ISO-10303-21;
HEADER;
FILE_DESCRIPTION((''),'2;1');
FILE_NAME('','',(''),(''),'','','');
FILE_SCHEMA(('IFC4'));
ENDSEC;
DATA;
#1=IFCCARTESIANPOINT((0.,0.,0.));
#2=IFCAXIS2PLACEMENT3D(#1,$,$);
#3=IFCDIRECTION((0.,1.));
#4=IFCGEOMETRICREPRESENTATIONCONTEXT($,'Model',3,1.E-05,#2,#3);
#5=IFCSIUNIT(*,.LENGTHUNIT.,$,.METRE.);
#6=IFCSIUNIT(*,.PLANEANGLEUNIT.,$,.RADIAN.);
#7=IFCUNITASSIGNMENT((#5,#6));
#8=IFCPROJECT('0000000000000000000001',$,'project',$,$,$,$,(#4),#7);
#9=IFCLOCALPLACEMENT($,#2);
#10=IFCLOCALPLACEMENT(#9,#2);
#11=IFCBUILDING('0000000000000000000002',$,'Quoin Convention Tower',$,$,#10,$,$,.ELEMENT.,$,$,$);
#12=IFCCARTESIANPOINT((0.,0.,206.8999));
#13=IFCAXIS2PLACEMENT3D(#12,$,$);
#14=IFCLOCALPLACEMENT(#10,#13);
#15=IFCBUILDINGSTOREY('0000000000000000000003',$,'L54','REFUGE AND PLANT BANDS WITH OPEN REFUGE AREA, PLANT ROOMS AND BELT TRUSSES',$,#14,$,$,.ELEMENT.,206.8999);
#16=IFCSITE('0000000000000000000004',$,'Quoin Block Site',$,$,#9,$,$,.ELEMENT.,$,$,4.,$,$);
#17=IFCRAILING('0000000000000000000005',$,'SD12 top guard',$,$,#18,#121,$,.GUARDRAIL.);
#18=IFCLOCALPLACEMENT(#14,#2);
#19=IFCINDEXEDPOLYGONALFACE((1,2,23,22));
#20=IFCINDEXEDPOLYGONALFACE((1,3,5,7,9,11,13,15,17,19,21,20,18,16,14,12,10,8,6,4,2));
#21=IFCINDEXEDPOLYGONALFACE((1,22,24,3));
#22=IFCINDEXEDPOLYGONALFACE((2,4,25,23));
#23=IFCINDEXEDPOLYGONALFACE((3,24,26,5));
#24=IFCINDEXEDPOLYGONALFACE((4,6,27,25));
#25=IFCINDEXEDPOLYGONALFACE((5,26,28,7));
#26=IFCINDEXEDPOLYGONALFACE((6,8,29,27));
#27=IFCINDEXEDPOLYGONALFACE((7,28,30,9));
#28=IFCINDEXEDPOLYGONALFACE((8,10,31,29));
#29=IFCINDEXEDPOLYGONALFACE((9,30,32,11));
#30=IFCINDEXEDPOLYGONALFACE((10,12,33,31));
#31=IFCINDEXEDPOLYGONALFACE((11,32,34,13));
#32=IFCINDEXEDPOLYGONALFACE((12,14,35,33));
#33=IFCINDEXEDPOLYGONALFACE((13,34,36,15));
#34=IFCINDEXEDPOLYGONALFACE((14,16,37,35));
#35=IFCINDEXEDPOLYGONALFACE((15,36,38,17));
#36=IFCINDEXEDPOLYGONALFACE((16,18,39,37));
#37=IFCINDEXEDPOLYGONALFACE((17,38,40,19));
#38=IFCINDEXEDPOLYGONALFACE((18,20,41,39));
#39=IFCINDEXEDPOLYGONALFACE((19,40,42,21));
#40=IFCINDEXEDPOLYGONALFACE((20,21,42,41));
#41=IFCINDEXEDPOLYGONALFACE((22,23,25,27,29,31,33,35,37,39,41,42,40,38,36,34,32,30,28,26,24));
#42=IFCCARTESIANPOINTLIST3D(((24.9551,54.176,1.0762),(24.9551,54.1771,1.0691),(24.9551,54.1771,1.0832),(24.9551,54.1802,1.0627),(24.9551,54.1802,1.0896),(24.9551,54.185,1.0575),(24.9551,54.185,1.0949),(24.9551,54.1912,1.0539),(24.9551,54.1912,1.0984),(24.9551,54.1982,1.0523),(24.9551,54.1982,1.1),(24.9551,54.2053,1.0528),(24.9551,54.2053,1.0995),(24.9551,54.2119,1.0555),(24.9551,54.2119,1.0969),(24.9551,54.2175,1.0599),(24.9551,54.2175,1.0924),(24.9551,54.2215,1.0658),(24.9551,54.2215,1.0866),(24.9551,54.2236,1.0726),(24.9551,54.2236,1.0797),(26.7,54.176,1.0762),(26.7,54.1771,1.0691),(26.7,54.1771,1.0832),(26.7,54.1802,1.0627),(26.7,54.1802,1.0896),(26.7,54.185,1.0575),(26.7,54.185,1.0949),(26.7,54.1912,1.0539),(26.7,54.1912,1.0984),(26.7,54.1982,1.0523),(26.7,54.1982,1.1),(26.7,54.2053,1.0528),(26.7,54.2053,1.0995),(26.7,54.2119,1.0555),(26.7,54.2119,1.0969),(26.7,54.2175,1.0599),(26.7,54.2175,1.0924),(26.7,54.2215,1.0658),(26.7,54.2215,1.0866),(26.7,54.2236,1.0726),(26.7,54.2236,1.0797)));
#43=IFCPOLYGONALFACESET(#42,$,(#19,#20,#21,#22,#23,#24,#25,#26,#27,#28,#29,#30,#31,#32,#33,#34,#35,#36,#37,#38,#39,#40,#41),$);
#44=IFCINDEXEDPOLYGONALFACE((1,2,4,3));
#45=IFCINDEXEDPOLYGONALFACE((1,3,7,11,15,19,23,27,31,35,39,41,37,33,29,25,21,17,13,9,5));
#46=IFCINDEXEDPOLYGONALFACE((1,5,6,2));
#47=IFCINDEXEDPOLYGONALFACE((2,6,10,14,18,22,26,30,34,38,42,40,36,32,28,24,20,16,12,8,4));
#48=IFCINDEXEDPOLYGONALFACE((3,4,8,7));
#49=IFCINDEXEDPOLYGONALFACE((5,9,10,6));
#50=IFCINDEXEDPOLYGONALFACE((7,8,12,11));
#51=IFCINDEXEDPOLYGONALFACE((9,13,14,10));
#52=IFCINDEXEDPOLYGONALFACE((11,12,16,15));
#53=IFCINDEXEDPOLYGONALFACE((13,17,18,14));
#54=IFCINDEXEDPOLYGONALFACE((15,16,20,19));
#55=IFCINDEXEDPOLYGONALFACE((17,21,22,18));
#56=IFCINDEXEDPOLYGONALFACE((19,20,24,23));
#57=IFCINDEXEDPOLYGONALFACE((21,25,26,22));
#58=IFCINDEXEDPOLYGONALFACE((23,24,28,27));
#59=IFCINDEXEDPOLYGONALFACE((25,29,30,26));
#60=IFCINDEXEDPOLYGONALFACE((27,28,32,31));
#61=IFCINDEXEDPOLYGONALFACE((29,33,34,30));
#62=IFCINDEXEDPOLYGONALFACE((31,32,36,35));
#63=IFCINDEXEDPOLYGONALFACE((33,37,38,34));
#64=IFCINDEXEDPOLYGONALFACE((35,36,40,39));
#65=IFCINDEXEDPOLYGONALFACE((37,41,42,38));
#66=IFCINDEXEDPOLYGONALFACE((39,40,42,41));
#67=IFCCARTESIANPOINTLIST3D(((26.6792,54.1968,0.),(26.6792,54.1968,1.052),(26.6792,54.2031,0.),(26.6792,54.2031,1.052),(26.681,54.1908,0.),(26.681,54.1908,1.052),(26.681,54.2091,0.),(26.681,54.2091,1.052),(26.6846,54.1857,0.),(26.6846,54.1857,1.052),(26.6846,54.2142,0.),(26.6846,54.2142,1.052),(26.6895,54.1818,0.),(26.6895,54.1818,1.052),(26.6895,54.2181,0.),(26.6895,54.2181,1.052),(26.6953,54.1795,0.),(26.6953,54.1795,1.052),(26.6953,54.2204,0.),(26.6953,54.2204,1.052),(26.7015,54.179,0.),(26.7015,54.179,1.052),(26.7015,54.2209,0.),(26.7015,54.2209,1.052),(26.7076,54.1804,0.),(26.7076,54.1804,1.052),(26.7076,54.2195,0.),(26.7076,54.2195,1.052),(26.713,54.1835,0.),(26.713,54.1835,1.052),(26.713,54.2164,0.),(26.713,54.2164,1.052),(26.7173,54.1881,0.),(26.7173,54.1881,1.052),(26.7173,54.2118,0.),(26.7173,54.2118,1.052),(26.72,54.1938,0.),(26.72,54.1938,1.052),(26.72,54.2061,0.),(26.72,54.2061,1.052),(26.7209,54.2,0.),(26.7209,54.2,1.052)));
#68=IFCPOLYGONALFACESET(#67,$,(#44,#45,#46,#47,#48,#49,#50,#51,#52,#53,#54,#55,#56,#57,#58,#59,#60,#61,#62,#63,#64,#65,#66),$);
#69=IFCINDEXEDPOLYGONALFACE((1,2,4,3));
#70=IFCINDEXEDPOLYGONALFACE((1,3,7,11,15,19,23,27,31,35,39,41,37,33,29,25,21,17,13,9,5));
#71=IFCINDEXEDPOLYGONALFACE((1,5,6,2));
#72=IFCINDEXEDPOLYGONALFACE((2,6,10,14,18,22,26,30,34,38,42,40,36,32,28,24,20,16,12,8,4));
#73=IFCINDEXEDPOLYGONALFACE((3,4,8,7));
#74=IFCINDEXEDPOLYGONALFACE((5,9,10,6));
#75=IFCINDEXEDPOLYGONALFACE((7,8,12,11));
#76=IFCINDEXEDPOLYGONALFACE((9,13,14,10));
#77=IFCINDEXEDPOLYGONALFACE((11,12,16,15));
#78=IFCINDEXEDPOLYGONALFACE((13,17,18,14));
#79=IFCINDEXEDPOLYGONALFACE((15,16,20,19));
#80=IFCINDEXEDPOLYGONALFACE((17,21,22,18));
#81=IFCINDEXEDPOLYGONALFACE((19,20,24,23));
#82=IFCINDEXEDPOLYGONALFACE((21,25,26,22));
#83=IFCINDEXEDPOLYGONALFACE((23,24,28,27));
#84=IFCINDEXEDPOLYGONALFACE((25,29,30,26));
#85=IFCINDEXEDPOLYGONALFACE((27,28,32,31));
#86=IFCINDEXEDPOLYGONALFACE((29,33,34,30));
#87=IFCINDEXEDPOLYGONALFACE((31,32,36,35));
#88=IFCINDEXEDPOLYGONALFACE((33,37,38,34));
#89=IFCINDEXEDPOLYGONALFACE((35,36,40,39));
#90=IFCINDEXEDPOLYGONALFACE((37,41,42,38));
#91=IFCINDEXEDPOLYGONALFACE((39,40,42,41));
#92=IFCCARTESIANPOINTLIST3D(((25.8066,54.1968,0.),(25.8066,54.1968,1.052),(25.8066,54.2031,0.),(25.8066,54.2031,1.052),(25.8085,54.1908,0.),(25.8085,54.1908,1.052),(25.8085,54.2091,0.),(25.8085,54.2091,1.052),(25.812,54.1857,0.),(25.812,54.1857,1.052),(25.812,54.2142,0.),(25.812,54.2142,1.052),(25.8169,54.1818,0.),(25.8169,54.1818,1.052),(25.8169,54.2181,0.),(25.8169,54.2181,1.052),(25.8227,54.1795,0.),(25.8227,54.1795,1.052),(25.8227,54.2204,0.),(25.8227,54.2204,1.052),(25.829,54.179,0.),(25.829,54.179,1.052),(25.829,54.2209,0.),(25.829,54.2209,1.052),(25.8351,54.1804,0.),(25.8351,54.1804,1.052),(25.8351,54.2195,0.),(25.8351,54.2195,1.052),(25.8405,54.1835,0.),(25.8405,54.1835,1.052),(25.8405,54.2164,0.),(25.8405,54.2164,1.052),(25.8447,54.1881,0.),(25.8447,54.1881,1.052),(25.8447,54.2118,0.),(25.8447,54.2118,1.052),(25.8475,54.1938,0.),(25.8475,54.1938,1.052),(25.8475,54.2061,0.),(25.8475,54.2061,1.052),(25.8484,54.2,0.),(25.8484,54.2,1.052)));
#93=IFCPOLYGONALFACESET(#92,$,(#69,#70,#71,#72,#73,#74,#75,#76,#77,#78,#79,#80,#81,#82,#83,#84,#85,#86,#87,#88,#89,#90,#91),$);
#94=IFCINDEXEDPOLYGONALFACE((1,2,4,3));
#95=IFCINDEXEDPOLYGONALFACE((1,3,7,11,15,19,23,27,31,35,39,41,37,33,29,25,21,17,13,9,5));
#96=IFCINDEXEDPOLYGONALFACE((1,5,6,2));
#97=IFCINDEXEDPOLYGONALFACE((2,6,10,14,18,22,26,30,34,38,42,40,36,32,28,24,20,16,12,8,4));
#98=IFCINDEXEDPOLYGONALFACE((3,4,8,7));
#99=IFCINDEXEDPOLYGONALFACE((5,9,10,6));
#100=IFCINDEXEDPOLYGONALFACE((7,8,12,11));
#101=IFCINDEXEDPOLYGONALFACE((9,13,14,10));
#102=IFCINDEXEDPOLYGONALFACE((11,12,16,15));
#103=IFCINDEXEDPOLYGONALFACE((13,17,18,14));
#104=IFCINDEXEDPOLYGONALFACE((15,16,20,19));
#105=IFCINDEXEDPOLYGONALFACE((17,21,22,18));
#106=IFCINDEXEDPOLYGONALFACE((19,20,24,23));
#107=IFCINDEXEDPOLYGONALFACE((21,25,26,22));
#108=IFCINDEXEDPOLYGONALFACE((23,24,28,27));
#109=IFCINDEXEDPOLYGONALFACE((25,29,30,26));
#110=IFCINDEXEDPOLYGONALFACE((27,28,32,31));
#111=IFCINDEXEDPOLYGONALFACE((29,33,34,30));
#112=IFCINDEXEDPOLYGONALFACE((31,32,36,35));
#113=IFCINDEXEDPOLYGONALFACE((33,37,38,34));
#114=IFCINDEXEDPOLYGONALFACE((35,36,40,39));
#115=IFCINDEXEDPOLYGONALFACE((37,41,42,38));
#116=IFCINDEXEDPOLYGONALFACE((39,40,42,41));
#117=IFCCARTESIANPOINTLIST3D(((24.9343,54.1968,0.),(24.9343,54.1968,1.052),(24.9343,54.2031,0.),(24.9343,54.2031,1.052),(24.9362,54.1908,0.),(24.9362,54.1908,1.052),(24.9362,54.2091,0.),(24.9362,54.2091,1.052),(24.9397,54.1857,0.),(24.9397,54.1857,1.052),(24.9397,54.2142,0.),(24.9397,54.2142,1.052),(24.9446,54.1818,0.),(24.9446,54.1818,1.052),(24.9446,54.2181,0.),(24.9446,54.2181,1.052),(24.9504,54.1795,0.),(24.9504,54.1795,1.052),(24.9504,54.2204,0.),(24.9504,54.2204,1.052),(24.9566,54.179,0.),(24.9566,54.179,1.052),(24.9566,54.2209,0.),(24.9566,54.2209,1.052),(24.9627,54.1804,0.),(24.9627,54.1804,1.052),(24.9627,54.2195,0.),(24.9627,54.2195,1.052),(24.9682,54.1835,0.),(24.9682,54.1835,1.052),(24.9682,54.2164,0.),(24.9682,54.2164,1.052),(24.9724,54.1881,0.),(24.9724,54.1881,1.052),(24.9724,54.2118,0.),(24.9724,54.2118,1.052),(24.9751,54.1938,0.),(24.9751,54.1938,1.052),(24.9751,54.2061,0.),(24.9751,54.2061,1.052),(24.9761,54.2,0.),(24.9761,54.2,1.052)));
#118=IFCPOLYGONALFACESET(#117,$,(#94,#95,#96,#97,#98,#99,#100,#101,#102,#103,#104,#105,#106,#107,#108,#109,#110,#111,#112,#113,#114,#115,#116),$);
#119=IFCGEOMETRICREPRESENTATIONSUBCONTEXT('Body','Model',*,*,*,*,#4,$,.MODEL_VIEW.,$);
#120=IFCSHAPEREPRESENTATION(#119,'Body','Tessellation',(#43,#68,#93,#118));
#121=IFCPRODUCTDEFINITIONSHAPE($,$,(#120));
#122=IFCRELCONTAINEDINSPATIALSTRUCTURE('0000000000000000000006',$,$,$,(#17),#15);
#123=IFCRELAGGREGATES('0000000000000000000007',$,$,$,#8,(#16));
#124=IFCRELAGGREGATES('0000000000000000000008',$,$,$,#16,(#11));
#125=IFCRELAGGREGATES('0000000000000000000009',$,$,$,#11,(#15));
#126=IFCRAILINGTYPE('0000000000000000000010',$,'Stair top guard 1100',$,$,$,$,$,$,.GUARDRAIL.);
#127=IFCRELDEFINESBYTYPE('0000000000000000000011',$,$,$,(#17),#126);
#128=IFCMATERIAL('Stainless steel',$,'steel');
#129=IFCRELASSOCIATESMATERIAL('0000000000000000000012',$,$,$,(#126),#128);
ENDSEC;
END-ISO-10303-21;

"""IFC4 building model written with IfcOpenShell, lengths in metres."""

from ifc_helpers import new_model, si_unit, direction, frame, origin, origin_2d, place, context, subcontext, project, spatial, circle, extrude, material, type_object, element, save


model = new_model("IFC4")

# Units and contexts
model_context = context("Model", 3, precision=1e-05, world=origin(), true_north=direction((0.0, 1.0)))
body_context = subcontext(model_context, "Body", "Model", "MODEL_VIEW")
ifc_project = project(units=[si_unit("LENGTHUNIT", "METRE"), si_unit("PLANEANGLEUNIT", "RADIAN")], contexts=[model_context])

# Site, building, storey
site_placement = place(None, origin())
site = spatial("IfcSite", under=ifc_project, at=site_placement, Name="Quoin Block Site", CompositionType="ELEMENT", RefElevation=4.0)
building_placement = place(site_placement, origin())
building = spatial("IfcBuilding", under=site, at=building_placement, Name="Quoin Convention Tower", CompositionType="ELEMENT")
storey_placement = place(building_placement, frame((0.0, 0.0, 206.8999)))
storey = spatial("IfcBuildingStorey", under=building, at=storey_placement, Name="L54", Description="REFUGE AND PLANT BANDS WITH OPEN REFUGE AREA, PLANT ROOMS AND BELT TRUSSES", CompositionType="ELEMENT", Elevation=206.8999)

# Railing
ifc_material_1 = material(Name="Stainless steel", Category="steel")
railing_type_1 = type_object("IfcRailingType", Name="Stair top guard 1100", PredefinedType="GUARDRAIL", material=ifc_material_1)
railing_1_placement = place(storey_placement, frame((26.7, 54.2, 0.0)))
element("IfcRailing", 1, at=railing_1_placement, inside=storey, type_object=railing_type_1, Name="SD12 top guard", PredefinedType="GUARDRAIL", context=body_context, shape_type="SweptSolid", body=[
    extrude(circle(Radius=0.0239, at=origin_2d()), frame((0.0, 0.0, 1.0762), z_axis=(-1.0, 0.0, 0.0), x_axis=(0.0, -1.0, 0.0)), (0.0, 0.0, 1.0), 1.7449),
    extrude(circle(Radius=0.021, at=origin_2d()), origin(), (0.0, 0.0, 1.0), 1.052),
    extrude(circle(Radius=0.021, at=origin_2d()), frame((-0.8726, 0.0, 0.0)), (0.0, 0.0, 1.0), 1.052),
    extrude(circle(Radius=0.021, at=origin_2d()), frame((-1.7449, 0.0, 0.0)), (0.0, 0.0, 1.0), 1.052),
])

save(model, "model.ifc")
